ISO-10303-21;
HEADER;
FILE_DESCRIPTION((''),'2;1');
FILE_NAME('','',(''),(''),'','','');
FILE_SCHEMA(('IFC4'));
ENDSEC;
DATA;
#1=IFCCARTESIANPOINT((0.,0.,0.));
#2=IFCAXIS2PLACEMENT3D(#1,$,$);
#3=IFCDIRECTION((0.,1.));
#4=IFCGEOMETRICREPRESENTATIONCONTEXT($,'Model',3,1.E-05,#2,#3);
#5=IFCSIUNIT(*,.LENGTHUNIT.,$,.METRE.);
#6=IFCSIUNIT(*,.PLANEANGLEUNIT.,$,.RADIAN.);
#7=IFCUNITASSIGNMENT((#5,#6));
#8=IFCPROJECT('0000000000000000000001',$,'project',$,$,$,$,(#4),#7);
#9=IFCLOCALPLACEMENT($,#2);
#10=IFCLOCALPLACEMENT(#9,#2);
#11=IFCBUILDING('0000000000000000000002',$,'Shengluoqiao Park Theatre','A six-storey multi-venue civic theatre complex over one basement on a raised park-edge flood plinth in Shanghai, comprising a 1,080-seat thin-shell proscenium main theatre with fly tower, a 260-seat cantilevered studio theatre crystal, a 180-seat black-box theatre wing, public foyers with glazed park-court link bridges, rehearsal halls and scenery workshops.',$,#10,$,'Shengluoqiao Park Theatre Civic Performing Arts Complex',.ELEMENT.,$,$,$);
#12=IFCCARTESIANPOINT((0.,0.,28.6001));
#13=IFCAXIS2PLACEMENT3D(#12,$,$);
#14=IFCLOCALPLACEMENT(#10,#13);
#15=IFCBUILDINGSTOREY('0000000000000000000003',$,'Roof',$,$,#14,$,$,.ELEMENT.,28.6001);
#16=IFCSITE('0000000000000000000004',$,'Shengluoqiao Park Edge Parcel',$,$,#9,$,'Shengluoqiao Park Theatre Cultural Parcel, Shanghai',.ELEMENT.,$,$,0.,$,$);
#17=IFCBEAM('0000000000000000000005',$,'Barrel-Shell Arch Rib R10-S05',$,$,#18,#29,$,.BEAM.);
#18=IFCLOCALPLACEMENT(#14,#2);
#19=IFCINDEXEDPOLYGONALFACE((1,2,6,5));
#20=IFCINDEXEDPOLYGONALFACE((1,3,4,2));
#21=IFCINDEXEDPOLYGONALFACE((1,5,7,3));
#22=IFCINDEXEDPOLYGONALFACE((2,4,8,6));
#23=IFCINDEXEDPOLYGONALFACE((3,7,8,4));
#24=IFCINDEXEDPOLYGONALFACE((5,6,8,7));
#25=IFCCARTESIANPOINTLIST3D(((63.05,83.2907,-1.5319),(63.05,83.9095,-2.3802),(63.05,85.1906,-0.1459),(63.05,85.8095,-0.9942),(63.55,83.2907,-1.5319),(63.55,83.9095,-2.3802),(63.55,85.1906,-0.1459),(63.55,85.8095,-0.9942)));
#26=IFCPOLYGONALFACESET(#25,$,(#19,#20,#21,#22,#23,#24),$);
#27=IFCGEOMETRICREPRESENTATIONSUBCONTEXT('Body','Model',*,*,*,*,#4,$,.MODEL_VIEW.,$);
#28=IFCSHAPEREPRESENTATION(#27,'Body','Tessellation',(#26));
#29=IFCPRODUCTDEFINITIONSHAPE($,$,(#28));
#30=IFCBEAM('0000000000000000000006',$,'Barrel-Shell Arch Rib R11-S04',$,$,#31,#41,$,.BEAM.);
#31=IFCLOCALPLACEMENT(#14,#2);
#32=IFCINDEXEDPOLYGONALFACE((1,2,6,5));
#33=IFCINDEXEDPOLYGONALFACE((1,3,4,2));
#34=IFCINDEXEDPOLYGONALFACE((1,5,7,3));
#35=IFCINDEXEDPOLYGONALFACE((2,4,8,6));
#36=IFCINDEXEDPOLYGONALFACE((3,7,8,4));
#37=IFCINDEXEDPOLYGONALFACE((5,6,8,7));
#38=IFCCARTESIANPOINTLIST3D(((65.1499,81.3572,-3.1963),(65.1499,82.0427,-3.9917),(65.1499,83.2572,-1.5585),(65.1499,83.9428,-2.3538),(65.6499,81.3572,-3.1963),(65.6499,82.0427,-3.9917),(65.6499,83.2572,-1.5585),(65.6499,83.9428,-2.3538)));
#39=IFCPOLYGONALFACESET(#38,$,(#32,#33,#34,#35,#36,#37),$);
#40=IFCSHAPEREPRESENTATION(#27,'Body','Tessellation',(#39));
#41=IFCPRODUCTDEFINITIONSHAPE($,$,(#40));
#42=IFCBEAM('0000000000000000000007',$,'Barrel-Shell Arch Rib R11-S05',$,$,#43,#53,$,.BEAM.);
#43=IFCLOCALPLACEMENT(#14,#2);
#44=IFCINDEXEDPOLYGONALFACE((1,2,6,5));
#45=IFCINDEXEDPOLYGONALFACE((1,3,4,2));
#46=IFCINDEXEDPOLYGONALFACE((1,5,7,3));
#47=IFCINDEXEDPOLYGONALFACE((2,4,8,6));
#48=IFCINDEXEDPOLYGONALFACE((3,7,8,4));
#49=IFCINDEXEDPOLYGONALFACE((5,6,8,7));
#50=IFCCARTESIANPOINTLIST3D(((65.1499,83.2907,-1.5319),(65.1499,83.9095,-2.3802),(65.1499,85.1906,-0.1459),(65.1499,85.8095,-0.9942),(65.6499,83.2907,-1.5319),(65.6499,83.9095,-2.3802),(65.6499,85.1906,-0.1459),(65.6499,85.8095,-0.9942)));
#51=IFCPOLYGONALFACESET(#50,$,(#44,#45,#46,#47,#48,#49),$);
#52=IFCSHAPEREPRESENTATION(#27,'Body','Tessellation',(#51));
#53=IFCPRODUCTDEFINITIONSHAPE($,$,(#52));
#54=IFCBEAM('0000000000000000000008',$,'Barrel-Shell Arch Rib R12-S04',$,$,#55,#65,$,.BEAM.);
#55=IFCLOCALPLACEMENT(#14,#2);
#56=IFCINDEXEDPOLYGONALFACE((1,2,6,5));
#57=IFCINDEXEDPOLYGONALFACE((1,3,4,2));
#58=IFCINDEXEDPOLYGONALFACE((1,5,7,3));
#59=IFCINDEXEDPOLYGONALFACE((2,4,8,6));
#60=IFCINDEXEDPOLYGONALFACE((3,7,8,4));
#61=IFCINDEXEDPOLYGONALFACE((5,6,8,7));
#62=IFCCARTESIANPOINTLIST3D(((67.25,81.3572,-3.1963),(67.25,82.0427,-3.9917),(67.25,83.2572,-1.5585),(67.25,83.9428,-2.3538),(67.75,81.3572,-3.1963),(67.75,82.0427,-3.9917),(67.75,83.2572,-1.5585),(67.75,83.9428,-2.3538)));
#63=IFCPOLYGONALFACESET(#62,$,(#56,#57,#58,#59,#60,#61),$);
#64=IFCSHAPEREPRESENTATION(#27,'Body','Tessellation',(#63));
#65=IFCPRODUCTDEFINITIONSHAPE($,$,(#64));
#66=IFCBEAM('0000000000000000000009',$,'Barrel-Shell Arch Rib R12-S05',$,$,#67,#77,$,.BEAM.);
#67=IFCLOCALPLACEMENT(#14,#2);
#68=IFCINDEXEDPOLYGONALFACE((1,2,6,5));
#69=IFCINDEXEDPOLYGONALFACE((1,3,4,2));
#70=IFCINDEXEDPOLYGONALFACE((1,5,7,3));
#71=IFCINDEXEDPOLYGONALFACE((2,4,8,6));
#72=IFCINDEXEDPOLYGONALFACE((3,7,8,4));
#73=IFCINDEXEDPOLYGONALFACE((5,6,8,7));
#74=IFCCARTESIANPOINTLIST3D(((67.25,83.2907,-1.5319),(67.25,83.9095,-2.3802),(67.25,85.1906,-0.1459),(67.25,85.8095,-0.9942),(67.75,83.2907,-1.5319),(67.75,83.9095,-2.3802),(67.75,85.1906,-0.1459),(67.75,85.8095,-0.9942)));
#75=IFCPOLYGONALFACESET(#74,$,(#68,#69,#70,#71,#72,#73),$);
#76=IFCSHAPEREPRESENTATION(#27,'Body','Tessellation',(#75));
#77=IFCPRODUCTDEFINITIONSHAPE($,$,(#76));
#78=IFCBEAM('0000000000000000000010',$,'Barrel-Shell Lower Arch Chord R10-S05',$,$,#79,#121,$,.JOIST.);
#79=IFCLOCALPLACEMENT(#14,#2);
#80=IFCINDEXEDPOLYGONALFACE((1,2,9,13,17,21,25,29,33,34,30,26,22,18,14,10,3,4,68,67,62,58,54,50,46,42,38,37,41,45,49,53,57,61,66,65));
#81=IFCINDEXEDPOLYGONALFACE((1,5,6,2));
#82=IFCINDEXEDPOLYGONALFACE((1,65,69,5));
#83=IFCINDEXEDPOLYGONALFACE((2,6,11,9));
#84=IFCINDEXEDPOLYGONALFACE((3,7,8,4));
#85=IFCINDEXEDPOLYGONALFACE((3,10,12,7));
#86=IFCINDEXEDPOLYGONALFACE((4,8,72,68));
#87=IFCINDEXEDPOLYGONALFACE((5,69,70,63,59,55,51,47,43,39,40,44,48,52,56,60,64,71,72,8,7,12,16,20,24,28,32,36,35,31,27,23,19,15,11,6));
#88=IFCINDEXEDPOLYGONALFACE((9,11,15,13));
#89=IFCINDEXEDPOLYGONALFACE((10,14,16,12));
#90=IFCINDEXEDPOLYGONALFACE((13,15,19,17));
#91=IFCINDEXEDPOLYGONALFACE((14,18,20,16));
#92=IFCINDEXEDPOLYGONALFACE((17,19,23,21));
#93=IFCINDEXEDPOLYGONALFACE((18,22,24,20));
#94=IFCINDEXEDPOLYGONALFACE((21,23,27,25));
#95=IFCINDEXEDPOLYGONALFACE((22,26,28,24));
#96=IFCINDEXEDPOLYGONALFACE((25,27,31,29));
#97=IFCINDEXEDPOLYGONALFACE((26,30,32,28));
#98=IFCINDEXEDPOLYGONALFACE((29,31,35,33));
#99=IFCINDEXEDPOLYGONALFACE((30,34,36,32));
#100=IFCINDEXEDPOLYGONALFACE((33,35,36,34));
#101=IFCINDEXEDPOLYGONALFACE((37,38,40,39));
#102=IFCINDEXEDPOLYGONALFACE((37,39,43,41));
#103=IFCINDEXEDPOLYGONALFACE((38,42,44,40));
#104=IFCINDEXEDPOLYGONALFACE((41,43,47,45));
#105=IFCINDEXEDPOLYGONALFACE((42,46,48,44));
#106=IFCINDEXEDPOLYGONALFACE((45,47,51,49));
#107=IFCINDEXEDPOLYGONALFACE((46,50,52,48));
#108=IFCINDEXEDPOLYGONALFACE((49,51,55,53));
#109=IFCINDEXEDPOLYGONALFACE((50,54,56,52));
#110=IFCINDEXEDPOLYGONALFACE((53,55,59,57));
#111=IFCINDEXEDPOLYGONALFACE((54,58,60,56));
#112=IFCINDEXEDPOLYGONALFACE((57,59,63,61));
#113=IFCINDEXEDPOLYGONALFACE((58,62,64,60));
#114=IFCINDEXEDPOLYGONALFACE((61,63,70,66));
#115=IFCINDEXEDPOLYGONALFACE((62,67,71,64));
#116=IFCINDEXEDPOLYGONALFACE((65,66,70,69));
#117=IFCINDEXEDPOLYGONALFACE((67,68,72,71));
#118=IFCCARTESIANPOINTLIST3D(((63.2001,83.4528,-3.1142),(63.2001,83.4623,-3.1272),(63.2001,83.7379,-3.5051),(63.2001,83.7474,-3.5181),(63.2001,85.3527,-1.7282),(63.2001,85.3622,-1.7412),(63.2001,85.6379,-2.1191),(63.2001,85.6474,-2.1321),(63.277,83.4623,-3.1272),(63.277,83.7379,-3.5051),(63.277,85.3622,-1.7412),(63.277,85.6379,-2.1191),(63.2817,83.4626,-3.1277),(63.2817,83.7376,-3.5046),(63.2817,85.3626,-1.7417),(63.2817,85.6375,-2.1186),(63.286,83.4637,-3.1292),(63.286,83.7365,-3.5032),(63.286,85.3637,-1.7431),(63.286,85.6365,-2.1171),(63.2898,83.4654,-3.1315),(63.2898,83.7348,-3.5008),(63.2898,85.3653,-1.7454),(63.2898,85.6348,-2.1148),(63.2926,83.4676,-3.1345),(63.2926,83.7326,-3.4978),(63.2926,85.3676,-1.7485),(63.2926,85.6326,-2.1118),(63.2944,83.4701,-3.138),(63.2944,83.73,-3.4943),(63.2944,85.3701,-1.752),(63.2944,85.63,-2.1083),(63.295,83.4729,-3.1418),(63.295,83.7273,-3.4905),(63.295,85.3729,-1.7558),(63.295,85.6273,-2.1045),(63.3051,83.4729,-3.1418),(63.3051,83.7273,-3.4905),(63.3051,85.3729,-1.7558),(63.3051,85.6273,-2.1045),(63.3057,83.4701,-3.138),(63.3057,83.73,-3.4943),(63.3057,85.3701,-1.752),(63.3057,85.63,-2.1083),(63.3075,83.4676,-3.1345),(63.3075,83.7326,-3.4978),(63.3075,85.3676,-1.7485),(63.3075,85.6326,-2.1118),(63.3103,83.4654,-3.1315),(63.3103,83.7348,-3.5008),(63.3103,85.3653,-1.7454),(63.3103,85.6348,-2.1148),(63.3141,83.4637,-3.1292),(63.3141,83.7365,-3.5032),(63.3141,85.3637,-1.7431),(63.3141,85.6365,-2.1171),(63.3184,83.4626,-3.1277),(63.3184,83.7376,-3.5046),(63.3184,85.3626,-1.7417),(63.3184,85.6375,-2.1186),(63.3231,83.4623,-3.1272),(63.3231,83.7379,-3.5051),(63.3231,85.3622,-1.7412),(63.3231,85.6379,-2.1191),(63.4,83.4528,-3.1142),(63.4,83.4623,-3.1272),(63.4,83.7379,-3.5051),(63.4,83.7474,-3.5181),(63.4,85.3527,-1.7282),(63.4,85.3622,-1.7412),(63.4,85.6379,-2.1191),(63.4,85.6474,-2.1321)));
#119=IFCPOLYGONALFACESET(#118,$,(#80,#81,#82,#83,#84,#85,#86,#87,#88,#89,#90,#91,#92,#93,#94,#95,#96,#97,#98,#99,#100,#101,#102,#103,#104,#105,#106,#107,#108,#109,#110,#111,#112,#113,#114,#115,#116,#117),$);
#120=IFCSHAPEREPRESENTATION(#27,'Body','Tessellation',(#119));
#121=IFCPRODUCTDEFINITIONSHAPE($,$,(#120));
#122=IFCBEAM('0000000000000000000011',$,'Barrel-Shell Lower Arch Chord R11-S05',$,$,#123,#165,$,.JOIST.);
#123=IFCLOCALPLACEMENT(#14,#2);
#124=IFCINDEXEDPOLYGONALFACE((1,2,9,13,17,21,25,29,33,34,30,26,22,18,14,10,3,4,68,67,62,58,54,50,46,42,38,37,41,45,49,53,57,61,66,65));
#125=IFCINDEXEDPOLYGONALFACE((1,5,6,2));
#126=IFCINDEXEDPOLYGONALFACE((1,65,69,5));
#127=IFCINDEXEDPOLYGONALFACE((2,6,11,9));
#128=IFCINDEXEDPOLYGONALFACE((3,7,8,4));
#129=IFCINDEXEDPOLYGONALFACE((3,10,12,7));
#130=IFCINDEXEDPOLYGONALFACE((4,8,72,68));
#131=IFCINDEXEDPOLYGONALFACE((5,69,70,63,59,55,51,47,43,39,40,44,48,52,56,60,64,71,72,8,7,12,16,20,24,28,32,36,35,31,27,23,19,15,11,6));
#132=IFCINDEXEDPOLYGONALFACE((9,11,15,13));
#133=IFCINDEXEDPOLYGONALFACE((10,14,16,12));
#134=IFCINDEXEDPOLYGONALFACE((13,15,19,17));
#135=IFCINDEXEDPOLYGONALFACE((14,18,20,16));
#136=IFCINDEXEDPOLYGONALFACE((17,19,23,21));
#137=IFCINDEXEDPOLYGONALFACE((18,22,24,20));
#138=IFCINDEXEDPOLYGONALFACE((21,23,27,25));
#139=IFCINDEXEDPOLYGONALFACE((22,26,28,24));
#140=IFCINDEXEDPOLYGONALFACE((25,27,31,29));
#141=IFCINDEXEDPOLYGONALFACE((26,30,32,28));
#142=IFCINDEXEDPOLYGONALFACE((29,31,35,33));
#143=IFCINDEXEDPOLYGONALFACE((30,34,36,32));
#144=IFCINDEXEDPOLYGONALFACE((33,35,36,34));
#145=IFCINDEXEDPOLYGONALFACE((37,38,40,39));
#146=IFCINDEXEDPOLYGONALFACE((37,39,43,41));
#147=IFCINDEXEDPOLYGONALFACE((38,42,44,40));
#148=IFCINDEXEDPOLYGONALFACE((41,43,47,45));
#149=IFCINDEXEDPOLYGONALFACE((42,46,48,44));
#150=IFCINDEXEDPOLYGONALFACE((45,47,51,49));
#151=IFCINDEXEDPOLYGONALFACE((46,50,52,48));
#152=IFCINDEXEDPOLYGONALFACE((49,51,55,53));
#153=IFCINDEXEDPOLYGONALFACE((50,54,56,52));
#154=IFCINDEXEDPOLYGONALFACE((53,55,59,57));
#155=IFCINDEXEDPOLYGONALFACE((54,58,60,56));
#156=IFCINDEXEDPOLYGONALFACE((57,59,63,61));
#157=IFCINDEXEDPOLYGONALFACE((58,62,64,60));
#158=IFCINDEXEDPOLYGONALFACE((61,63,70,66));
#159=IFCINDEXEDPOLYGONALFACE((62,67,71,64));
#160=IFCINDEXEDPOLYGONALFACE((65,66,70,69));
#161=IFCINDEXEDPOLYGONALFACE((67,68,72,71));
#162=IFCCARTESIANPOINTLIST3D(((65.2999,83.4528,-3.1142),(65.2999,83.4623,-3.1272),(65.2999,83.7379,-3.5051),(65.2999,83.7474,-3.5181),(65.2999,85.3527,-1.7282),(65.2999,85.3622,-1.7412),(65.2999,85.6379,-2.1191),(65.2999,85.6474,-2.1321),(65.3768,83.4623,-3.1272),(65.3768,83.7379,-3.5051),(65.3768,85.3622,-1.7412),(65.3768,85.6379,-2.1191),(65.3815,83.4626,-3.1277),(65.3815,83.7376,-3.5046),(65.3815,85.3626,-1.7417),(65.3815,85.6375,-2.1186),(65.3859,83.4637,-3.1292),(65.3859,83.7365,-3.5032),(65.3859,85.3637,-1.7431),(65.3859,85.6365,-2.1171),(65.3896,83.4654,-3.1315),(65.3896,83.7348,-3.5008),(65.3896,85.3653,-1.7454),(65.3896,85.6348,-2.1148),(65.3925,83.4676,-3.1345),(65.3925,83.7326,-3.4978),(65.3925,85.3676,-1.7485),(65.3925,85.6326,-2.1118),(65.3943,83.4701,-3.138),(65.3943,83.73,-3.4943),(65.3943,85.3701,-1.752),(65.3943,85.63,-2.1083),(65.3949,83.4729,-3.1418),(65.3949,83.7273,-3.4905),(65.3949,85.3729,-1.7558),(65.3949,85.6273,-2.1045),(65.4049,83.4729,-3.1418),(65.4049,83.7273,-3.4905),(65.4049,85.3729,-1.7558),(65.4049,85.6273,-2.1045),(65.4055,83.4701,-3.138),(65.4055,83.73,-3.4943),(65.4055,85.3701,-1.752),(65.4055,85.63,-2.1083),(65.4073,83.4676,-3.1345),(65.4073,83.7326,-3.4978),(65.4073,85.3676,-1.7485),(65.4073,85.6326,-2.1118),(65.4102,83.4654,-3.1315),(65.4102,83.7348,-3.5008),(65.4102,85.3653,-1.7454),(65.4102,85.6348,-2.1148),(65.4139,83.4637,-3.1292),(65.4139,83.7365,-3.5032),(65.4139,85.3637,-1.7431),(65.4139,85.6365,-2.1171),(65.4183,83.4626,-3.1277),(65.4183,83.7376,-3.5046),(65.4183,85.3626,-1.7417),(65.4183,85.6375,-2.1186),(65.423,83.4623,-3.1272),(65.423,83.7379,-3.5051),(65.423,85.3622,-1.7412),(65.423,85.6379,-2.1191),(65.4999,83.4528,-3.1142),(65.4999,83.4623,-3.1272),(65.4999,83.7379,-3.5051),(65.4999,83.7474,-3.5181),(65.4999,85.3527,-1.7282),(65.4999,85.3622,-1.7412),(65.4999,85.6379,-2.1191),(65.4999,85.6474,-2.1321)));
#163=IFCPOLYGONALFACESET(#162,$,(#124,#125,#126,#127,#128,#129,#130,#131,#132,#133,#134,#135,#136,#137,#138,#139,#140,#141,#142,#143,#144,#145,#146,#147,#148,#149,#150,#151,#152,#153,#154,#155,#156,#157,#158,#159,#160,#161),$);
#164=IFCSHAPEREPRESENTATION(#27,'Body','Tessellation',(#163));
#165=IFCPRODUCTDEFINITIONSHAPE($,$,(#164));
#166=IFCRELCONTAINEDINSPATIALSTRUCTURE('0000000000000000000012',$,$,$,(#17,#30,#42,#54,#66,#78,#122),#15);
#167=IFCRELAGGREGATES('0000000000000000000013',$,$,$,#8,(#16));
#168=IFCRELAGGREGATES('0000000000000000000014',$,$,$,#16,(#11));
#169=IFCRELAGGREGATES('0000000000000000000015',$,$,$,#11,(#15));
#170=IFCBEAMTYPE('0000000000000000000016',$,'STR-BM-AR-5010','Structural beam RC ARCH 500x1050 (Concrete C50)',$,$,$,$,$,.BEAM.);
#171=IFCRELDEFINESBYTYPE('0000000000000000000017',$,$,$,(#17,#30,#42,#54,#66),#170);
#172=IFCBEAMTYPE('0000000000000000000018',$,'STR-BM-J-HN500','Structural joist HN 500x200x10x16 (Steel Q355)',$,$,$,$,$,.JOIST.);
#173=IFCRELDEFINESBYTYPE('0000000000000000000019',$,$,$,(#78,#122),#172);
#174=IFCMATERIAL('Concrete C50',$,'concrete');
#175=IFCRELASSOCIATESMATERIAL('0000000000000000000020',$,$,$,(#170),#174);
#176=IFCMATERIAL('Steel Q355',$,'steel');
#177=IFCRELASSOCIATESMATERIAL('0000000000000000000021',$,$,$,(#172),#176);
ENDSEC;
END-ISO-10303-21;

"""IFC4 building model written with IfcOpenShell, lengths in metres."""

from ifc_helpers import new_model, si_unit, direction, frame, origin, origin_2d, place, context, subcontext, project, spatial, rectangle, i_section, extrude, material, material_profile, profile_set, type_object, element, save


model = new_model("IFC4")

# Units and contexts
model_context = context("Model", 3, precision=1e-05, world=origin(), true_north=direction((0.0, 1.0)))
body_context = subcontext(model_context, "Body", "Model", "MODEL_VIEW")
ifc_project = project(units=[si_unit("LENGTHUNIT", "METRE"), si_unit("PLANEANGLEUNIT", "RADIAN")], contexts=[model_context])

# Site, building, storey
site_placement = place(None, origin())
site = spatial("IfcSite", under=ifc_project, at=site_placement, Name="Shengluoqiao Park Edge Parcel", LongName="Shengluoqiao Park Theatre Cultural Parcel, Shanghai", CompositionType="ELEMENT", RefElevation=0.0)
building_placement = place(site_placement, origin())
building = spatial("IfcBuilding", under=site, at=building_placement, Name="Shengluoqiao Park Theatre", Description="A six-storey multi-venue civic theatre complex over one basement on a raised park-edge flood plinth in Shanghai, comprising a 1,080-seat thin-shell proscenium main theatre with fly tower, a 260-seat cantilevered studio theatre crystal, a 180-seat black-box theatre wing, public foyers with glazed park-court link bridges, rehearsal halls and scenery workshops.", LongName="Shengluoqiao Park Theatre Civic Performing Arts Complex", CompositionType="ELEMENT")
storey_placement = place(building_placement, frame((0.0, 0.0, 28.6001)))
storey = spatial("IfcBuildingStorey", under=building, at=storey_placement, Name="Roof", CompositionType="ELEMENT", Elevation=28.6001)

# Beams
ifc_material_1 = material(Name="Concrete C50", Category="concrete")
ifc_material_profile_1 = material_profile(ifc_material_1, rectangle(XDim=0.5, YDim=1.05, at=origin_2d()), Name="RC ARCH 500x1050")
ifc_profile_set_1 = profile_set([ifc_material_profile_1], Name="Concrete C50")
beam_type_1 = type_object("IfcBeamType", Name="STR-BM-AR-5010", Description="Structural beam RC ARCH 500x1050 (Concrete C50)", PredefinedType="BEAM", material=ifc_profile_set_1)
beam_1_placement = place(storey_placement, frame((63.3, 83.6001, -1.9561), z_axis=(0.0, 0.807878, 0.58935), x_axis=(-1.0, 0.0, 0.0)))
element("IfcBeam", 1, at=beam_1_placement, inside=storey, type_object=beam_type_1, Name="Barrel-Shell Arch Rib R10-S05", PredefinedType="BEAM", context=body_context, shape_type="SweptSolid", body=[
    extrude(rectangle(XDim=0.5, YDim=1.05, at=origin_2d()), origin(), (0.0, 0.0, 1.0), 2.3518),
])
beam_2_placement = place(storey_placement, frame((65.3999, 81.7, -3.594), z_axis=(0.0, 0.757433, 0.652913), x_axis=(-1.0, 0.0, 0.0)))
element("IfcBeam", 2, at=beam_2_placement, inside=storey, type_object=beam_type_1, Name="Barrel-Shell Arch Rib R11-S04", PredefinedType="BEAM", context=body_context, shape_type="SweptSolid", body=[
    extrude(rectangle(XDim=0.5, YDim=1.05, at=origin_2d()), origin(), (0.0, 0.0, 1.0), 2.5085),
])
beam_3_placement = place(storey_placement, frame((65.3999, 83.6001, -1.9561), z_axis=(0.0, 0.807878, 0.58935), x_axis=(-1.0, 0.0, 0.0)))
element("IfcBeam", 3, at=beam_3_placement, inside=storey, type_object=beam_type_1, Name="Barrel-Shell Arch Rib R11-S05", PredefinedType="BEAM", context=body_context, shape_type="SweptSolid", body=[
    extrude(rectangle(XDim=0.5, YDim=1.05, at=origin_2d()), origin(), (0.0, 0.0, 1.0), 2.3518),
])
beam_4_placement = place(storey_placement, frame((67.5, 81.7, -3.594), z_axis=(0.0, 0.757433, 0.652913), x_axis=(-1.0, 0.0, 0.0)))
element("IfcBeam", 4, at=beam_4_placement, inside=storey, type_object=beam_type_1, Name="Barrel-Shell Arch Rib R12-S04", PredefinedType="BEAM", context=body_context, shape_type="SweptSolid", body=[
    extrude(rectangle(XDim=0.5, YDim=1.05, at=origin_2d()), origin(), (0.0, 0.0, 1.0), 2.5085),
])
beam_5_placement = place(storey_placement, frame((67.5, 83.6001, -1.9561), z_axis=(0.0, 0.807878, 0.58935), x_axis=(-1.0, 0.0, 0.0)))
element("IfcBeam", 5, at=beam_5_placement, inside=storey, type_object=beam_type_1, Name="Barrel-Shell Arch Rib R12-S05", PredefinedType="BEAM", context=body_context, shape_type="SweptSolid", body=[
    extrude(rectangle(XDim=0.5, YDim=1.05, at=origin_2d()), origin(), (0.0, 0.0, 1.0), 2.3518),
])
ifc_material_2 = material(Name="Steel Q355", Category="steel")
ifc_material_profile_2 = material_profile(ifc_material_2, i_section(OverallWidth=0.2, OverallDepth=0.5, WebThickness=0.01, FlangeThickness=0.0161, FilletRadius=0.0181, at=origin_2d()), Name="HN 500x200x10x16")
ifc_profile_set_2 = profile_set([ifc_material_profile_2], Name="Steel Q355")
beam_type_2 = type_object("IfcBeamType", Name="STR-BM-J-HN500", Description="Structural joist HN 500x200x10x16 (Steel Q355)", PredefinedType="JOIST", material=ifc_profile_set_2)
for number, where, z_axis, x_axis, name in (
    (6, (63.3, 83.6001, -3.3162), (0.0, 0.807878, 0.58935), (-1.0, 0.0, 0.0), "Barrel-Shell Lower Arch Chord R10-S05"),
    (7, (65.3999, 83.6001, -3.3162), (0.0, 0.807878, 0.58935), (-1.0, 0.0, 0.0), "Barrel-Shell Lower Arch Chord R11-S05"),
):
    element("IfcBeam", number, at=place(storey_placement, frame(where, z_axis=z_axis, x_axis=x_axis)), inside=storey, type_object=beam_type_2, Name=name, PredefinedType="JOIST", context=body_context, shape_type="SweptSolid", body=[
        extrude(i_section(OverallWidth=0.2, OverallDepth=0.5, WebThickness=0.01, FlangeThickness=0.0161, FilletRadius=0.0181, at=origin_2d()), origin(), (0.0, 0.0, 1.0), 2.3518),
    ])

save(model, "model.ifc")
